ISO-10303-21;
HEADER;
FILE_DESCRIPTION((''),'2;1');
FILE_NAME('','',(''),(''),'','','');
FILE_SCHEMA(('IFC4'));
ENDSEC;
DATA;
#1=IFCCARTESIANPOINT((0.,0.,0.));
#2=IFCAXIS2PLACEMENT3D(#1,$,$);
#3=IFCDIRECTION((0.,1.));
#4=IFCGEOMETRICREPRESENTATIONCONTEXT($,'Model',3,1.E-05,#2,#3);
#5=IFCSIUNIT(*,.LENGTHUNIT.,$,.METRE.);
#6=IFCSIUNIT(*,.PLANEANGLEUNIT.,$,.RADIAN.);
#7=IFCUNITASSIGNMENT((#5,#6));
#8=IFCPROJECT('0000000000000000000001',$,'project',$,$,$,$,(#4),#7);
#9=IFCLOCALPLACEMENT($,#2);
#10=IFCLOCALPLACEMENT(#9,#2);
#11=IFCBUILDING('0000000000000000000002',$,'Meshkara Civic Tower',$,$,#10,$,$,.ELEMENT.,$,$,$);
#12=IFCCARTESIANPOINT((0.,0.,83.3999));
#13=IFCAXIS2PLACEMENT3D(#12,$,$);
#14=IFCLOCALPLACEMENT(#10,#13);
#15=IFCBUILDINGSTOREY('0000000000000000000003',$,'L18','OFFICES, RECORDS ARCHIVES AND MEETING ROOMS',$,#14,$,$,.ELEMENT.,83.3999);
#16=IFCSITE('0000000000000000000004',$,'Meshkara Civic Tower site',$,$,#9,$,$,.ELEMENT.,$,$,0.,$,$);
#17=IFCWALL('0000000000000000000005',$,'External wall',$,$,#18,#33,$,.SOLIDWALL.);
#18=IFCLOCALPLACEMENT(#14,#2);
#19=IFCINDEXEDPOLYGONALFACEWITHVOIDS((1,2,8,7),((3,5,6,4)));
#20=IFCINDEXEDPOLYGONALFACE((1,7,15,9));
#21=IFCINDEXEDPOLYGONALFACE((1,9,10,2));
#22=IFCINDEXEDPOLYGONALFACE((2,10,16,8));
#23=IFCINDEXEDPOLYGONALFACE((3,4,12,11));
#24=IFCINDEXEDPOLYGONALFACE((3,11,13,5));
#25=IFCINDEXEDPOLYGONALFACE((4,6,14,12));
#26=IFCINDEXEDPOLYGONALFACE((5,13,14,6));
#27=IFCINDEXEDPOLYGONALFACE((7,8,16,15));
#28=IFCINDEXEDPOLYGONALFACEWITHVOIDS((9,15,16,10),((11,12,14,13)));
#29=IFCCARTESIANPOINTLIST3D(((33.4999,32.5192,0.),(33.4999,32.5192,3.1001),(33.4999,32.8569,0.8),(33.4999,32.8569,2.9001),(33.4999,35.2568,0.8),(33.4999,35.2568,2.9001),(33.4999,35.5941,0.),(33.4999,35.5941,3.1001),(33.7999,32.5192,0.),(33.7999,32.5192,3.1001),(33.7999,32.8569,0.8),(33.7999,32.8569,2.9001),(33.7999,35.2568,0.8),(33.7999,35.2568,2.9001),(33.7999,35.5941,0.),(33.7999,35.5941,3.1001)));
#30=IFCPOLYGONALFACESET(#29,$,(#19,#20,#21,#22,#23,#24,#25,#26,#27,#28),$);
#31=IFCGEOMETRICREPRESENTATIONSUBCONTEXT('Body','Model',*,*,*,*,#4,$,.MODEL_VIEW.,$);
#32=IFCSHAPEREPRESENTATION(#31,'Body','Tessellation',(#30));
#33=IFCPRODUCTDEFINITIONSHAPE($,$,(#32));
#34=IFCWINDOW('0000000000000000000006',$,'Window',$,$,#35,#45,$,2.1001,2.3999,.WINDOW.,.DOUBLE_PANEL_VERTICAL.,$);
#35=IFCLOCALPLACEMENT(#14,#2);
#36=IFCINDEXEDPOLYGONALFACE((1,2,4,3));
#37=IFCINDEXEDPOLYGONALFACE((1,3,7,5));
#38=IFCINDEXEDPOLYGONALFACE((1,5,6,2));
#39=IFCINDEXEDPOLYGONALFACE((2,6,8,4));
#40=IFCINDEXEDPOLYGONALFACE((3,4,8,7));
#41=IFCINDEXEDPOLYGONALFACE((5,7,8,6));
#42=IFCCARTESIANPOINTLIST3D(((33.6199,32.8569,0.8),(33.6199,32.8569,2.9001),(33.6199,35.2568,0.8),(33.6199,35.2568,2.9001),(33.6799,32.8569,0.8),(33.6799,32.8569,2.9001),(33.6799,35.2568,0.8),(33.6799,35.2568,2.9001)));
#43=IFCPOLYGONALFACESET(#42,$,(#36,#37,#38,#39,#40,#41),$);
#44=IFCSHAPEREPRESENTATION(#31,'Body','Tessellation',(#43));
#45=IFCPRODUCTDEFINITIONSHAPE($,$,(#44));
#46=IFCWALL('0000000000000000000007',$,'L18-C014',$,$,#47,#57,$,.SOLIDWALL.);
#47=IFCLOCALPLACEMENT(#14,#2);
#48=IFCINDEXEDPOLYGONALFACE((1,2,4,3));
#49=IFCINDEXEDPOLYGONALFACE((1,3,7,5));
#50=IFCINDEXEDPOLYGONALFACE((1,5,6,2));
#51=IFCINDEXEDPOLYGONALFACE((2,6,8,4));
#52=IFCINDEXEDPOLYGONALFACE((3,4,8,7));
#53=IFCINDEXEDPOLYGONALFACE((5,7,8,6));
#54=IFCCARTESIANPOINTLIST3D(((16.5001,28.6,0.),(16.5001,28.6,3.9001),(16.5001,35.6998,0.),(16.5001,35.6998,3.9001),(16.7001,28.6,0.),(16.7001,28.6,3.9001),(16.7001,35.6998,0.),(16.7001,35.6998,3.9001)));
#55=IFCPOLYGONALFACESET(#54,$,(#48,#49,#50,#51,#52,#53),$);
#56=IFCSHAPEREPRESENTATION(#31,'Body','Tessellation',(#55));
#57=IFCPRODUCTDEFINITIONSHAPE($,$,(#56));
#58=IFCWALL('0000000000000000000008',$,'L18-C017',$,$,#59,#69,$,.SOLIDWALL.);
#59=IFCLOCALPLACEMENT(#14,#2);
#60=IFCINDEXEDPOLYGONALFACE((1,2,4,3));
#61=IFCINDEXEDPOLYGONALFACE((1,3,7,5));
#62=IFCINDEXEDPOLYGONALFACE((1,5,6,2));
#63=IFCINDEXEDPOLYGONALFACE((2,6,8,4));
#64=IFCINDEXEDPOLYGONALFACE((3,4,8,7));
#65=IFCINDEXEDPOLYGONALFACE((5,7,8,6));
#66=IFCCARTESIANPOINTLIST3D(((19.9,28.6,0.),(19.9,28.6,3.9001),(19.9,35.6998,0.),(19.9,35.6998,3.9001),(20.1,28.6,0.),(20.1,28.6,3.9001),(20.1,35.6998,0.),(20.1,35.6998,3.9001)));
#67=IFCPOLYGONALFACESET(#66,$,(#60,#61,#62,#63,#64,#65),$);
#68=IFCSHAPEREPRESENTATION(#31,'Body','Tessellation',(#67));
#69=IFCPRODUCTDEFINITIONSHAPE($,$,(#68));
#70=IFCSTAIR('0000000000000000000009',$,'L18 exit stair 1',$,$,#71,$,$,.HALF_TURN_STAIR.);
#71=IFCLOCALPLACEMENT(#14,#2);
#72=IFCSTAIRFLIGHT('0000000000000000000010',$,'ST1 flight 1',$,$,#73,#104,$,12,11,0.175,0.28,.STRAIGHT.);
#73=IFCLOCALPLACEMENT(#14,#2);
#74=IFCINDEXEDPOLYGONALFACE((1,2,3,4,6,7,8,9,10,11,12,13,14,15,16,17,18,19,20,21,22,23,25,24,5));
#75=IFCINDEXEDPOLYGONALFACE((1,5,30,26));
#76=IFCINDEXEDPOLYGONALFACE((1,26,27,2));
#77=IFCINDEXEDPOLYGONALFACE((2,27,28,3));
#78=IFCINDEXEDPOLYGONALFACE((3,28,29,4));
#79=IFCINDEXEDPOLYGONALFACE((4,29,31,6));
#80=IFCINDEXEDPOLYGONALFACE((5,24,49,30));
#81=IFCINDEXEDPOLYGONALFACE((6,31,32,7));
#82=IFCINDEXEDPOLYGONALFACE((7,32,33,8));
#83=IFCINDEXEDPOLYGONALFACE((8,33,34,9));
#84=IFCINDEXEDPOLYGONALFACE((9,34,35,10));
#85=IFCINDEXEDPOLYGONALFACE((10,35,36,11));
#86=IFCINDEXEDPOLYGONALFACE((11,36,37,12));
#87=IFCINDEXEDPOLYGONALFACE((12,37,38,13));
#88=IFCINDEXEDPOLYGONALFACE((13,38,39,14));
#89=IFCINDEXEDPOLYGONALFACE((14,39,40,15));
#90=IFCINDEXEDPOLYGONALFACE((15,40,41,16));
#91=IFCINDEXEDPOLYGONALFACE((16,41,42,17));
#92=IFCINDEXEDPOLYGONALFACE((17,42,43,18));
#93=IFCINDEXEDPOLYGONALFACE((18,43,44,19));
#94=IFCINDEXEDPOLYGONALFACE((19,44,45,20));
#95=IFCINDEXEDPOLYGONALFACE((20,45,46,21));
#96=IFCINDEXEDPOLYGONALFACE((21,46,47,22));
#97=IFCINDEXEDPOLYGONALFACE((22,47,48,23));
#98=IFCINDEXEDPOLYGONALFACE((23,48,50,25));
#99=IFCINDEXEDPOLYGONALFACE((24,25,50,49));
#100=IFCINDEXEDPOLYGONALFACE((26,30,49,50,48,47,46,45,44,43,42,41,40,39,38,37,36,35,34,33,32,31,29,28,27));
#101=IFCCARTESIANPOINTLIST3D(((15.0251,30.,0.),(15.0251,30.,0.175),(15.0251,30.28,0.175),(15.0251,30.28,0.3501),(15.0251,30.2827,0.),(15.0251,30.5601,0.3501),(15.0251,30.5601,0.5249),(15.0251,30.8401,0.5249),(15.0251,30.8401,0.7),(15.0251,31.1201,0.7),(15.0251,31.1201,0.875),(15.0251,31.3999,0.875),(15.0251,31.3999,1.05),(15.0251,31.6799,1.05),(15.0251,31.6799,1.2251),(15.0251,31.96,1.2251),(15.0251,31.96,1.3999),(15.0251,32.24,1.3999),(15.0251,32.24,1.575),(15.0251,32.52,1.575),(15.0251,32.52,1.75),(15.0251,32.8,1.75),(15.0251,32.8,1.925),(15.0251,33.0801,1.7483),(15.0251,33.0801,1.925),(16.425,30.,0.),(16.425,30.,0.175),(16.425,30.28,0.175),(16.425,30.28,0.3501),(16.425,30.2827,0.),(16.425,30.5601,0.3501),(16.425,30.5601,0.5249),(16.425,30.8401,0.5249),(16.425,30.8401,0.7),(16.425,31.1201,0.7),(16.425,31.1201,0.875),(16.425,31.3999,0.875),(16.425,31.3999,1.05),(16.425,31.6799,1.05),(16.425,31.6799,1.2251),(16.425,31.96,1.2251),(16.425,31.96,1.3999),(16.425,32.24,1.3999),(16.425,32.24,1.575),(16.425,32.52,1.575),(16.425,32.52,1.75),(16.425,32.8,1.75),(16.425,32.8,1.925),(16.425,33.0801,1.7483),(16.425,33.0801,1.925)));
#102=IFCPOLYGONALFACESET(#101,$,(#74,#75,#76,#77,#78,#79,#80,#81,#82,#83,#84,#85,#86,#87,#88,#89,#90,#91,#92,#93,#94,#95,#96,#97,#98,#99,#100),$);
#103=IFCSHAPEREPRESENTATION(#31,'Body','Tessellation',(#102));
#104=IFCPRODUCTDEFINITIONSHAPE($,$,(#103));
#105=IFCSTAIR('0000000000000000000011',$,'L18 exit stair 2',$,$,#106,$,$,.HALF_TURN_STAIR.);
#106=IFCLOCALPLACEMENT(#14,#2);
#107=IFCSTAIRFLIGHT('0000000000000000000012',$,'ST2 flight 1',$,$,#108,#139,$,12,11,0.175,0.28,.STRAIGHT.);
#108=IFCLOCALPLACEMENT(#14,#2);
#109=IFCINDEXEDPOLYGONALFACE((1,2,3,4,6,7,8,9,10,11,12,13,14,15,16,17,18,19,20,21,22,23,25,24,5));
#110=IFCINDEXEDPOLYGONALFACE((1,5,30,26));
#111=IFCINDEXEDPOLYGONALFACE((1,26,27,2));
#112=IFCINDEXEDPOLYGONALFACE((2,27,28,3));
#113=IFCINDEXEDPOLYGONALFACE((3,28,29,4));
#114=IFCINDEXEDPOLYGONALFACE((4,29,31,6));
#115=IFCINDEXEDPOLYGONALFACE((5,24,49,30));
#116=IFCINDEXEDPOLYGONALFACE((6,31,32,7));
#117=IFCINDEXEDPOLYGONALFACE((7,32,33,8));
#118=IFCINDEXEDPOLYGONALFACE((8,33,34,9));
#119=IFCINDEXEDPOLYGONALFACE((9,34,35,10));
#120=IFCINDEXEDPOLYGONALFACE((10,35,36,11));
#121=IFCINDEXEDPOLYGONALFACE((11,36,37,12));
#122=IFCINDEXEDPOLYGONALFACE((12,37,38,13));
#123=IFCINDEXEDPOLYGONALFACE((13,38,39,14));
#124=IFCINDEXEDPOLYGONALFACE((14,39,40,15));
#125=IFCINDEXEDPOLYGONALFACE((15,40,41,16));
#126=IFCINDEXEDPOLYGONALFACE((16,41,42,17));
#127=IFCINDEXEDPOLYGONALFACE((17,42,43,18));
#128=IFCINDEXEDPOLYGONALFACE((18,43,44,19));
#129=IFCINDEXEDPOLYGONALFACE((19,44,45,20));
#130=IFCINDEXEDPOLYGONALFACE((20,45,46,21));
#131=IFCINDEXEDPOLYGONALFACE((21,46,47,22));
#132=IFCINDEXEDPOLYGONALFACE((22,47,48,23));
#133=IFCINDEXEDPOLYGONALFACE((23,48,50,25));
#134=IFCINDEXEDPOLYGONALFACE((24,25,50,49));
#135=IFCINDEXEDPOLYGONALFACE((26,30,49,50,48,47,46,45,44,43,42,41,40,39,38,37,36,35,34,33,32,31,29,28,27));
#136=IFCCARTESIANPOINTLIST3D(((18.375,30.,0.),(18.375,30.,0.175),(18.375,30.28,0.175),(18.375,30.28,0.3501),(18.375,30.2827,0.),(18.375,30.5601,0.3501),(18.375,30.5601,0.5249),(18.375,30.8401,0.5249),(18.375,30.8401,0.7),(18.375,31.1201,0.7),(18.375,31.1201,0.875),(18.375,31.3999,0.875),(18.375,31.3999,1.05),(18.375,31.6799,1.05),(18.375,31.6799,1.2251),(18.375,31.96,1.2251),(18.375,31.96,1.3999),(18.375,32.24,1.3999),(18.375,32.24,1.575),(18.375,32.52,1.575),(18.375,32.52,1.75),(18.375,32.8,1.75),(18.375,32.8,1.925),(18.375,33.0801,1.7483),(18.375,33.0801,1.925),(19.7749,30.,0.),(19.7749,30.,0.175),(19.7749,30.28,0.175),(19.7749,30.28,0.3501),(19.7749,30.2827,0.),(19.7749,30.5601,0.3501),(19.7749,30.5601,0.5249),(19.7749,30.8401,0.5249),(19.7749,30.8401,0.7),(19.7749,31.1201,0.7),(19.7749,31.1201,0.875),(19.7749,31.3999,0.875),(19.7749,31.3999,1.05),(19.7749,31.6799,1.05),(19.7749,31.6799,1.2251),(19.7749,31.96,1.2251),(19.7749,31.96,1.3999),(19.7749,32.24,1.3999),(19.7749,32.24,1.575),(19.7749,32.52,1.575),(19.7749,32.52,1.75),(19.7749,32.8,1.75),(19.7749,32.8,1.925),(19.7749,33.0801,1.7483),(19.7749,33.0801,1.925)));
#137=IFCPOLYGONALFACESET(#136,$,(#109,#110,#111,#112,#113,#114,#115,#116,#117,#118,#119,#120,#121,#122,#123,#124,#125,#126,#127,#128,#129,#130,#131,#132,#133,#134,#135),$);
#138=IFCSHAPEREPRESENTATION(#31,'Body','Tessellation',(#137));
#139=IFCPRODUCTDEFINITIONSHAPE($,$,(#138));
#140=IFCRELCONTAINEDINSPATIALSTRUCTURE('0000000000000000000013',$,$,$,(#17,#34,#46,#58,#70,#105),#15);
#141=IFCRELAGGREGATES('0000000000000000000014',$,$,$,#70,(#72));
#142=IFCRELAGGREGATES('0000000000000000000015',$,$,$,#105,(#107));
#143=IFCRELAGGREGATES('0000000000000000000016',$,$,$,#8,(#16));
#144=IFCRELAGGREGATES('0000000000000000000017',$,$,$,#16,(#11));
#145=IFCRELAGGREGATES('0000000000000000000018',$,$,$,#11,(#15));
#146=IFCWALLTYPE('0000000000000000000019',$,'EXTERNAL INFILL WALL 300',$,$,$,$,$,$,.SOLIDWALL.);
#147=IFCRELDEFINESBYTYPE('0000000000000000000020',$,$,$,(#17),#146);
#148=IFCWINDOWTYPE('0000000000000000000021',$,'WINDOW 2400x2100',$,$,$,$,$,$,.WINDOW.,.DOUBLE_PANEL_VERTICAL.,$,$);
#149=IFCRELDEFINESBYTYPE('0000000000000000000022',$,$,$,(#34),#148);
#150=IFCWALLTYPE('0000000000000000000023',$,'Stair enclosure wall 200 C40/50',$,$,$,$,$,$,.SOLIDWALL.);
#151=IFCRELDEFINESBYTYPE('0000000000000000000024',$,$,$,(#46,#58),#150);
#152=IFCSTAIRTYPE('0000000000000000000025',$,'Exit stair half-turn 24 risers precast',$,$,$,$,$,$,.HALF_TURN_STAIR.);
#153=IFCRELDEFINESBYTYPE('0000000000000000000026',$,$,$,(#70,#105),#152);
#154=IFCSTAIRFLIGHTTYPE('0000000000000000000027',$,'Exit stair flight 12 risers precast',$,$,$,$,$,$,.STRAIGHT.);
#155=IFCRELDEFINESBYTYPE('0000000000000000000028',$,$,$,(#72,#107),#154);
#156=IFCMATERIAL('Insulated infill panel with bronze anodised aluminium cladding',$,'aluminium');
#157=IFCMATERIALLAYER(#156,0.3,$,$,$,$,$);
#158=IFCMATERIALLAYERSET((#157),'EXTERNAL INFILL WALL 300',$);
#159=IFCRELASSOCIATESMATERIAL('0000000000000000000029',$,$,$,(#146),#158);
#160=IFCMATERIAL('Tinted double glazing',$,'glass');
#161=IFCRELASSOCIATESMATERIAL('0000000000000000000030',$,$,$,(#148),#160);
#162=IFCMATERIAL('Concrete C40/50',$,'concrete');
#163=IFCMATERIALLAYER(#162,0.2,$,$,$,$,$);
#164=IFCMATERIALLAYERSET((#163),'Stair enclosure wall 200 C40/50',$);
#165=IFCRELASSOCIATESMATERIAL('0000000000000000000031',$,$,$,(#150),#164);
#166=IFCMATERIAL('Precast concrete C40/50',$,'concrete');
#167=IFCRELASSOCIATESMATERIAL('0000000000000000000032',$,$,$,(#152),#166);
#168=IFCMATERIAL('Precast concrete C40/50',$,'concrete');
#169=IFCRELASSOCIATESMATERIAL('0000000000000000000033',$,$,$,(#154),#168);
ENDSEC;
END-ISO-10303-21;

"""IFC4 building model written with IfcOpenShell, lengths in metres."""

from ifc_helpers import new_model, si_unit, direction, frame, frame_2d, origin, place, context, subcontext, project, spatial, polyline, rectangle, outline, extrude, material, layer, layer_set, type_object, element, fill, aggregate, save


model = new_model("IFC4")

# Units and contexts
model_context = context("Model", 3, precision=1e-05, world=origin(), true_north=direction((0.0, 1.0)))
body_context = subcontext(model_context, "Body", "Model", "MODEL_VIEW")
ifc_project = project(units=[si_unit("LENGTHUNIT", "METRE"), si_unit("PLANEANGLEUNIT", "RADIAN")], contexts=[model_context])

# Site, building, storey
site_placement = place(None, origin())
site = spatial("IfcSite", under=ifc_project, at=site_placement, Name="Meshkara Civic Tower site", CompositionType="ELEMENT", RefElevation=0.0)
building_placement = place(site_placement, origin())
building = spatial("IfcBuilding", under=site, at=building_placement, Name="Meshkara Civic Tower", CompositionType="ELEMENT")
storey_placement = place(building_placement, frame((0.0, 0.0, 83.3999)))
storey = spatial("IfcBuildingStorey", under=building, at=storey_placement, Name="L18", Description="OFFICES, RECORDS ARCHIVES AND MEETING ROOMS", CompositionType="ELEMENT", Elevation=83.3999)

# Wall, opening, window
ifc_material_1 = material(Name="Insulated infill panel with bronze anodised aluminium cladding", Category="aluminium")
ifc_layer_1 = layer(ifc_material_1, 0.3)
ifc_layer_set_1 = layer_set([ifc_layer_1], Name="EXTERNAL INFILL WALL 300")
wall_type_1 = type_object("IfcWallType", Name="EXTERNAL INFILL WALL 300", PredefinedType="SOLIDWALL", material=ifc_layer_set_1)
ifc_material_2 = material(Name="Tinted double glazing", Category="glass")
window_type = type_object("IfcWindowType", Name="WINDOW 2400x2100", PartitioningType="DOUBLE_PANEL_VERTICAL", PredefinedType="WINDOW", material=ifc_material_2)
wall_1_placement = place(storey_placement, frame((33.6499, 32.519, 0.0), z_axis=(0.0, 0.0, 1.0), x_axis=(0.0, 1.0, 0.0)))
wall_1 = element("IfcWall", 1, at=wall_1_placement, inside=storey, type_object=wall_type_1, Name="External wall", PredefinedType="SOLIDWALL", context=body_context, shape_type="SweptSolid", body=[
    extrude(rectangle(XDim=3.075, YDim=0.3, at=frame_2d((1.5376, 0.0))), origin(), (0.0, 0.0, 1.0), 3.1001),
])
opening_1_placement = place(wall_1_placement, frame((0.3379, 0.0, 0.8)))
opening_1 = element("IfcOpeningElement", 2, at=opening_1_placement, cuts=wall_1, PredefinedType="OPENING", context=body_context, shape_type="SweptSolid", body=[
    extrude(rectangle(XDim=2.3999, YDim=2.1001, at=frame_2d((1.2, 1.05))), frame((0.0, 0.1599, 0.0), z_axis=(0.0, -1.0, 0.0), x_axis=(1.0, 0.0, 0.0)), (0.0, 0.0, 1.0), 0.3201),
])
window_1_placement = place(opening_1_placement, origin())
window_1 = element("IfcWindow", 3, at=window_1_placement, inside=storey, type_object=window_type, Name="Window", OverallHeight=2.1001, OverallWidth=2.3999, PartitioningType="DOUBLE_PANEL_VERTICAL", PredefinedType="WINDOW", context=body_context, shape_type="SweptSolid", body=[
    extrude(rectangle(XDim=2.3999, YDim=2.1001, at=frame_2d((1.2, 1.05))), frame((0.0, 0.03, 0.0), z_axis=(0.0, -1.0, 0.0), x_axis=(1.0, 0.0, 0.0)), (0.0, 0.0, 1.0), 0.0601),
])
fill(opening_1, window_1)

# Walls
ifc_material_3 = material(Name="Concrete C40/50", Category="concrete")
ifc_layer_2 = layer(ifc_material_3, 0.2)
ifc_layer_set_2 = layer_set([ifc_layer_2], Name="Stair enclosure wall 200 C40/50")
wall_type_2 = type_object("IfcWallType", Name="Stair enclosure wall 200 C40/50", PredefinedType="SOLIDWALL", material=ifc_layer_set_2)
for number, where, z_axis, x_axis, name in (
    (4, (16.6001, 28.6001, 0.0), (0.0, 0.0, 1.0), (0.0, 1.0, 0.0), "L18-C014"),
    (5, (20.0, 28.6001, 0.0), (0.0, 0.0, 1.0), (0.0, 1.0, 0.0), "L18-C017"),
):
    element("IfcWall", number, at=place(storey_placement, frame(where, z_axis=z_axis, x_axis=x_axis)), inside=storey, type_object=wall_type_2, Name=name, PredefinedType="SOLIDWALL", context=body_context, shape_type="SweptSolid", body=[
        extrude(rectangle(XDim=7.0999, YDim=0.2, at=frame_2d((3.5498, 0.0))), origin(), (0.0, 0.0, 1.0), 3.9001),
    ])

# Stairs, stair flights
ifc_material_4 = material(Name="Precast concrete C40/50", Category="concrete")
stair_type = type_object("IfcStairType", Name="Exit stair half-turn 24 risers precast", PredefinedType="HALF_TURN_STAIR", material=ifc_material_4)
stair_1_placement = place(storey_placement, origin())
stair_1 = element("IfcStair", 6, at=stair_1_placement, inside=storey, type_object=stair_type, Name="L18 exit stair 1", PredefinedType="HALF_TURN_STAIR")
ifc_material_5 = material(Name="Precast concrete C40/50", Category="concrete")
stair_flight_type = type_object("IfcStairFlightType", Name="Exit stair flight 12 risers precast", PredefinedType="STRAIGHT", material=ifc_material_5)
stair_flight_1_placement = place(storey_placement, frame((15.7251, 30.0, 0.0), z_axis=(0.0, 0.0, 1.0), x_axis=(0.0, 1.0, 0.0)))
stair_flight_1 = element("IfcStairFlight", 7, at=stair_flight_1_placement, type_object=stair_flight_type, Name="ST1 flight 1", NumberOfRisers=12, NumberOfTreads=11, PredefinedType="STRAIGHT", RiserHeight=0.175, TreadLength=0.28, context=body_context, shape_type="SweptSolid", body=[
    extrude(outline(polyline([(0.0, 0.0), (0.0, 0.175), (0.28, 0.175), (0.28, 0.3501), (0.5601, 0.3501), (0.5601, 0.5249), (0.8401, 0.5249), (0.8401, 0.7), (1.1201, 0.7), (1.1201, 0.875), (1.3999, 0.875), (1.3999, 1.05), (1.6799, 1.05), (1.6799, 1.2251), (1.96, 1.2251), (1.96, 1.3999), (2.24, 1.3999), (2.24, 1.575), (2.52, 1.575), (2.52, 1.75), (2.8, 1.75), (2.8, 1.925), (3.0801, 1.925), (3.0801, 2.1001), (3.0801, 1.7483), (0.2827, 0.0), (0.0, 0.0)])), frame((0.0, 0.7, 0.0), z_axis=(0.0, -1.0, 0.0), x_axis=(1.0, 0.0, 0.0)), (0.0, 0.0, 1.0), 1.3999),
])
aggregate(stair_1, [stair_flight_1])
stair_2_placement = place(storey_placement, origin())
stair_2 = element("IfcStair", 8, at=stair_2_placement, inside=storey, type_object=stair_type, Name="L18 exit stair 2", PredefinedType="HALF_TURN_STAIR")
stair_flight_2_placement = place(storey_placement, frame((19.075, 30.0, 0.0), z_axis=(0.0, 0.0, 1.0), x_axis=(0.0, 1.0, 0.0)))
stair_flight_2 = element("IfcStairFlight", 9, at=stair_flight_2_placement, type_object=stair_flight_type, Name="ST2 flight 1", NumberOfRisers=12, NumberOfTreads=11, PredefinedType="STRAIGHT", RiserHeight=0.175, TreadLength=0.28, context=body_context, shape_type="SweptSolid", body=[
    extrude(outline(polyline([(0.0, 0.0), (0.0, 0.175), (0.28, 0.175), (0.28, 0.3501), (0.5601, 0.3501), (0.5601, 0.5249), (0.8401, 0.5249), (0.8401, 0.7), (1.1201, 0.7), (1.1201, 0.875), (1.3999, 0.875), (1.3999, 1.05), (1.6799, 1.05), (1.6799, 1.2251), (1.96, 1.2251), (1.96, 1.3999), (2.24, 1.3999), (2.24, 1.575), (2.52, 1.575), (2.52, 1.75), (2.8, 1.75), (2.8, 1.925), (3.0801, 1.925), (3.0801, 2.1001), (3.0801, 1.7483), (0.2827, 0.0), (0.0, 0.0)])), frame((0.0, 0.7, 0.0), z_axis=(0.0, -1.0, 0.0), x_axis=(1.0, 0.0, 0.0)), (0.0, 0.0, 1.0), 1.3999),
])
aggregate(stair_2, [stair_flight_2])

save(model, "model.ifc")
